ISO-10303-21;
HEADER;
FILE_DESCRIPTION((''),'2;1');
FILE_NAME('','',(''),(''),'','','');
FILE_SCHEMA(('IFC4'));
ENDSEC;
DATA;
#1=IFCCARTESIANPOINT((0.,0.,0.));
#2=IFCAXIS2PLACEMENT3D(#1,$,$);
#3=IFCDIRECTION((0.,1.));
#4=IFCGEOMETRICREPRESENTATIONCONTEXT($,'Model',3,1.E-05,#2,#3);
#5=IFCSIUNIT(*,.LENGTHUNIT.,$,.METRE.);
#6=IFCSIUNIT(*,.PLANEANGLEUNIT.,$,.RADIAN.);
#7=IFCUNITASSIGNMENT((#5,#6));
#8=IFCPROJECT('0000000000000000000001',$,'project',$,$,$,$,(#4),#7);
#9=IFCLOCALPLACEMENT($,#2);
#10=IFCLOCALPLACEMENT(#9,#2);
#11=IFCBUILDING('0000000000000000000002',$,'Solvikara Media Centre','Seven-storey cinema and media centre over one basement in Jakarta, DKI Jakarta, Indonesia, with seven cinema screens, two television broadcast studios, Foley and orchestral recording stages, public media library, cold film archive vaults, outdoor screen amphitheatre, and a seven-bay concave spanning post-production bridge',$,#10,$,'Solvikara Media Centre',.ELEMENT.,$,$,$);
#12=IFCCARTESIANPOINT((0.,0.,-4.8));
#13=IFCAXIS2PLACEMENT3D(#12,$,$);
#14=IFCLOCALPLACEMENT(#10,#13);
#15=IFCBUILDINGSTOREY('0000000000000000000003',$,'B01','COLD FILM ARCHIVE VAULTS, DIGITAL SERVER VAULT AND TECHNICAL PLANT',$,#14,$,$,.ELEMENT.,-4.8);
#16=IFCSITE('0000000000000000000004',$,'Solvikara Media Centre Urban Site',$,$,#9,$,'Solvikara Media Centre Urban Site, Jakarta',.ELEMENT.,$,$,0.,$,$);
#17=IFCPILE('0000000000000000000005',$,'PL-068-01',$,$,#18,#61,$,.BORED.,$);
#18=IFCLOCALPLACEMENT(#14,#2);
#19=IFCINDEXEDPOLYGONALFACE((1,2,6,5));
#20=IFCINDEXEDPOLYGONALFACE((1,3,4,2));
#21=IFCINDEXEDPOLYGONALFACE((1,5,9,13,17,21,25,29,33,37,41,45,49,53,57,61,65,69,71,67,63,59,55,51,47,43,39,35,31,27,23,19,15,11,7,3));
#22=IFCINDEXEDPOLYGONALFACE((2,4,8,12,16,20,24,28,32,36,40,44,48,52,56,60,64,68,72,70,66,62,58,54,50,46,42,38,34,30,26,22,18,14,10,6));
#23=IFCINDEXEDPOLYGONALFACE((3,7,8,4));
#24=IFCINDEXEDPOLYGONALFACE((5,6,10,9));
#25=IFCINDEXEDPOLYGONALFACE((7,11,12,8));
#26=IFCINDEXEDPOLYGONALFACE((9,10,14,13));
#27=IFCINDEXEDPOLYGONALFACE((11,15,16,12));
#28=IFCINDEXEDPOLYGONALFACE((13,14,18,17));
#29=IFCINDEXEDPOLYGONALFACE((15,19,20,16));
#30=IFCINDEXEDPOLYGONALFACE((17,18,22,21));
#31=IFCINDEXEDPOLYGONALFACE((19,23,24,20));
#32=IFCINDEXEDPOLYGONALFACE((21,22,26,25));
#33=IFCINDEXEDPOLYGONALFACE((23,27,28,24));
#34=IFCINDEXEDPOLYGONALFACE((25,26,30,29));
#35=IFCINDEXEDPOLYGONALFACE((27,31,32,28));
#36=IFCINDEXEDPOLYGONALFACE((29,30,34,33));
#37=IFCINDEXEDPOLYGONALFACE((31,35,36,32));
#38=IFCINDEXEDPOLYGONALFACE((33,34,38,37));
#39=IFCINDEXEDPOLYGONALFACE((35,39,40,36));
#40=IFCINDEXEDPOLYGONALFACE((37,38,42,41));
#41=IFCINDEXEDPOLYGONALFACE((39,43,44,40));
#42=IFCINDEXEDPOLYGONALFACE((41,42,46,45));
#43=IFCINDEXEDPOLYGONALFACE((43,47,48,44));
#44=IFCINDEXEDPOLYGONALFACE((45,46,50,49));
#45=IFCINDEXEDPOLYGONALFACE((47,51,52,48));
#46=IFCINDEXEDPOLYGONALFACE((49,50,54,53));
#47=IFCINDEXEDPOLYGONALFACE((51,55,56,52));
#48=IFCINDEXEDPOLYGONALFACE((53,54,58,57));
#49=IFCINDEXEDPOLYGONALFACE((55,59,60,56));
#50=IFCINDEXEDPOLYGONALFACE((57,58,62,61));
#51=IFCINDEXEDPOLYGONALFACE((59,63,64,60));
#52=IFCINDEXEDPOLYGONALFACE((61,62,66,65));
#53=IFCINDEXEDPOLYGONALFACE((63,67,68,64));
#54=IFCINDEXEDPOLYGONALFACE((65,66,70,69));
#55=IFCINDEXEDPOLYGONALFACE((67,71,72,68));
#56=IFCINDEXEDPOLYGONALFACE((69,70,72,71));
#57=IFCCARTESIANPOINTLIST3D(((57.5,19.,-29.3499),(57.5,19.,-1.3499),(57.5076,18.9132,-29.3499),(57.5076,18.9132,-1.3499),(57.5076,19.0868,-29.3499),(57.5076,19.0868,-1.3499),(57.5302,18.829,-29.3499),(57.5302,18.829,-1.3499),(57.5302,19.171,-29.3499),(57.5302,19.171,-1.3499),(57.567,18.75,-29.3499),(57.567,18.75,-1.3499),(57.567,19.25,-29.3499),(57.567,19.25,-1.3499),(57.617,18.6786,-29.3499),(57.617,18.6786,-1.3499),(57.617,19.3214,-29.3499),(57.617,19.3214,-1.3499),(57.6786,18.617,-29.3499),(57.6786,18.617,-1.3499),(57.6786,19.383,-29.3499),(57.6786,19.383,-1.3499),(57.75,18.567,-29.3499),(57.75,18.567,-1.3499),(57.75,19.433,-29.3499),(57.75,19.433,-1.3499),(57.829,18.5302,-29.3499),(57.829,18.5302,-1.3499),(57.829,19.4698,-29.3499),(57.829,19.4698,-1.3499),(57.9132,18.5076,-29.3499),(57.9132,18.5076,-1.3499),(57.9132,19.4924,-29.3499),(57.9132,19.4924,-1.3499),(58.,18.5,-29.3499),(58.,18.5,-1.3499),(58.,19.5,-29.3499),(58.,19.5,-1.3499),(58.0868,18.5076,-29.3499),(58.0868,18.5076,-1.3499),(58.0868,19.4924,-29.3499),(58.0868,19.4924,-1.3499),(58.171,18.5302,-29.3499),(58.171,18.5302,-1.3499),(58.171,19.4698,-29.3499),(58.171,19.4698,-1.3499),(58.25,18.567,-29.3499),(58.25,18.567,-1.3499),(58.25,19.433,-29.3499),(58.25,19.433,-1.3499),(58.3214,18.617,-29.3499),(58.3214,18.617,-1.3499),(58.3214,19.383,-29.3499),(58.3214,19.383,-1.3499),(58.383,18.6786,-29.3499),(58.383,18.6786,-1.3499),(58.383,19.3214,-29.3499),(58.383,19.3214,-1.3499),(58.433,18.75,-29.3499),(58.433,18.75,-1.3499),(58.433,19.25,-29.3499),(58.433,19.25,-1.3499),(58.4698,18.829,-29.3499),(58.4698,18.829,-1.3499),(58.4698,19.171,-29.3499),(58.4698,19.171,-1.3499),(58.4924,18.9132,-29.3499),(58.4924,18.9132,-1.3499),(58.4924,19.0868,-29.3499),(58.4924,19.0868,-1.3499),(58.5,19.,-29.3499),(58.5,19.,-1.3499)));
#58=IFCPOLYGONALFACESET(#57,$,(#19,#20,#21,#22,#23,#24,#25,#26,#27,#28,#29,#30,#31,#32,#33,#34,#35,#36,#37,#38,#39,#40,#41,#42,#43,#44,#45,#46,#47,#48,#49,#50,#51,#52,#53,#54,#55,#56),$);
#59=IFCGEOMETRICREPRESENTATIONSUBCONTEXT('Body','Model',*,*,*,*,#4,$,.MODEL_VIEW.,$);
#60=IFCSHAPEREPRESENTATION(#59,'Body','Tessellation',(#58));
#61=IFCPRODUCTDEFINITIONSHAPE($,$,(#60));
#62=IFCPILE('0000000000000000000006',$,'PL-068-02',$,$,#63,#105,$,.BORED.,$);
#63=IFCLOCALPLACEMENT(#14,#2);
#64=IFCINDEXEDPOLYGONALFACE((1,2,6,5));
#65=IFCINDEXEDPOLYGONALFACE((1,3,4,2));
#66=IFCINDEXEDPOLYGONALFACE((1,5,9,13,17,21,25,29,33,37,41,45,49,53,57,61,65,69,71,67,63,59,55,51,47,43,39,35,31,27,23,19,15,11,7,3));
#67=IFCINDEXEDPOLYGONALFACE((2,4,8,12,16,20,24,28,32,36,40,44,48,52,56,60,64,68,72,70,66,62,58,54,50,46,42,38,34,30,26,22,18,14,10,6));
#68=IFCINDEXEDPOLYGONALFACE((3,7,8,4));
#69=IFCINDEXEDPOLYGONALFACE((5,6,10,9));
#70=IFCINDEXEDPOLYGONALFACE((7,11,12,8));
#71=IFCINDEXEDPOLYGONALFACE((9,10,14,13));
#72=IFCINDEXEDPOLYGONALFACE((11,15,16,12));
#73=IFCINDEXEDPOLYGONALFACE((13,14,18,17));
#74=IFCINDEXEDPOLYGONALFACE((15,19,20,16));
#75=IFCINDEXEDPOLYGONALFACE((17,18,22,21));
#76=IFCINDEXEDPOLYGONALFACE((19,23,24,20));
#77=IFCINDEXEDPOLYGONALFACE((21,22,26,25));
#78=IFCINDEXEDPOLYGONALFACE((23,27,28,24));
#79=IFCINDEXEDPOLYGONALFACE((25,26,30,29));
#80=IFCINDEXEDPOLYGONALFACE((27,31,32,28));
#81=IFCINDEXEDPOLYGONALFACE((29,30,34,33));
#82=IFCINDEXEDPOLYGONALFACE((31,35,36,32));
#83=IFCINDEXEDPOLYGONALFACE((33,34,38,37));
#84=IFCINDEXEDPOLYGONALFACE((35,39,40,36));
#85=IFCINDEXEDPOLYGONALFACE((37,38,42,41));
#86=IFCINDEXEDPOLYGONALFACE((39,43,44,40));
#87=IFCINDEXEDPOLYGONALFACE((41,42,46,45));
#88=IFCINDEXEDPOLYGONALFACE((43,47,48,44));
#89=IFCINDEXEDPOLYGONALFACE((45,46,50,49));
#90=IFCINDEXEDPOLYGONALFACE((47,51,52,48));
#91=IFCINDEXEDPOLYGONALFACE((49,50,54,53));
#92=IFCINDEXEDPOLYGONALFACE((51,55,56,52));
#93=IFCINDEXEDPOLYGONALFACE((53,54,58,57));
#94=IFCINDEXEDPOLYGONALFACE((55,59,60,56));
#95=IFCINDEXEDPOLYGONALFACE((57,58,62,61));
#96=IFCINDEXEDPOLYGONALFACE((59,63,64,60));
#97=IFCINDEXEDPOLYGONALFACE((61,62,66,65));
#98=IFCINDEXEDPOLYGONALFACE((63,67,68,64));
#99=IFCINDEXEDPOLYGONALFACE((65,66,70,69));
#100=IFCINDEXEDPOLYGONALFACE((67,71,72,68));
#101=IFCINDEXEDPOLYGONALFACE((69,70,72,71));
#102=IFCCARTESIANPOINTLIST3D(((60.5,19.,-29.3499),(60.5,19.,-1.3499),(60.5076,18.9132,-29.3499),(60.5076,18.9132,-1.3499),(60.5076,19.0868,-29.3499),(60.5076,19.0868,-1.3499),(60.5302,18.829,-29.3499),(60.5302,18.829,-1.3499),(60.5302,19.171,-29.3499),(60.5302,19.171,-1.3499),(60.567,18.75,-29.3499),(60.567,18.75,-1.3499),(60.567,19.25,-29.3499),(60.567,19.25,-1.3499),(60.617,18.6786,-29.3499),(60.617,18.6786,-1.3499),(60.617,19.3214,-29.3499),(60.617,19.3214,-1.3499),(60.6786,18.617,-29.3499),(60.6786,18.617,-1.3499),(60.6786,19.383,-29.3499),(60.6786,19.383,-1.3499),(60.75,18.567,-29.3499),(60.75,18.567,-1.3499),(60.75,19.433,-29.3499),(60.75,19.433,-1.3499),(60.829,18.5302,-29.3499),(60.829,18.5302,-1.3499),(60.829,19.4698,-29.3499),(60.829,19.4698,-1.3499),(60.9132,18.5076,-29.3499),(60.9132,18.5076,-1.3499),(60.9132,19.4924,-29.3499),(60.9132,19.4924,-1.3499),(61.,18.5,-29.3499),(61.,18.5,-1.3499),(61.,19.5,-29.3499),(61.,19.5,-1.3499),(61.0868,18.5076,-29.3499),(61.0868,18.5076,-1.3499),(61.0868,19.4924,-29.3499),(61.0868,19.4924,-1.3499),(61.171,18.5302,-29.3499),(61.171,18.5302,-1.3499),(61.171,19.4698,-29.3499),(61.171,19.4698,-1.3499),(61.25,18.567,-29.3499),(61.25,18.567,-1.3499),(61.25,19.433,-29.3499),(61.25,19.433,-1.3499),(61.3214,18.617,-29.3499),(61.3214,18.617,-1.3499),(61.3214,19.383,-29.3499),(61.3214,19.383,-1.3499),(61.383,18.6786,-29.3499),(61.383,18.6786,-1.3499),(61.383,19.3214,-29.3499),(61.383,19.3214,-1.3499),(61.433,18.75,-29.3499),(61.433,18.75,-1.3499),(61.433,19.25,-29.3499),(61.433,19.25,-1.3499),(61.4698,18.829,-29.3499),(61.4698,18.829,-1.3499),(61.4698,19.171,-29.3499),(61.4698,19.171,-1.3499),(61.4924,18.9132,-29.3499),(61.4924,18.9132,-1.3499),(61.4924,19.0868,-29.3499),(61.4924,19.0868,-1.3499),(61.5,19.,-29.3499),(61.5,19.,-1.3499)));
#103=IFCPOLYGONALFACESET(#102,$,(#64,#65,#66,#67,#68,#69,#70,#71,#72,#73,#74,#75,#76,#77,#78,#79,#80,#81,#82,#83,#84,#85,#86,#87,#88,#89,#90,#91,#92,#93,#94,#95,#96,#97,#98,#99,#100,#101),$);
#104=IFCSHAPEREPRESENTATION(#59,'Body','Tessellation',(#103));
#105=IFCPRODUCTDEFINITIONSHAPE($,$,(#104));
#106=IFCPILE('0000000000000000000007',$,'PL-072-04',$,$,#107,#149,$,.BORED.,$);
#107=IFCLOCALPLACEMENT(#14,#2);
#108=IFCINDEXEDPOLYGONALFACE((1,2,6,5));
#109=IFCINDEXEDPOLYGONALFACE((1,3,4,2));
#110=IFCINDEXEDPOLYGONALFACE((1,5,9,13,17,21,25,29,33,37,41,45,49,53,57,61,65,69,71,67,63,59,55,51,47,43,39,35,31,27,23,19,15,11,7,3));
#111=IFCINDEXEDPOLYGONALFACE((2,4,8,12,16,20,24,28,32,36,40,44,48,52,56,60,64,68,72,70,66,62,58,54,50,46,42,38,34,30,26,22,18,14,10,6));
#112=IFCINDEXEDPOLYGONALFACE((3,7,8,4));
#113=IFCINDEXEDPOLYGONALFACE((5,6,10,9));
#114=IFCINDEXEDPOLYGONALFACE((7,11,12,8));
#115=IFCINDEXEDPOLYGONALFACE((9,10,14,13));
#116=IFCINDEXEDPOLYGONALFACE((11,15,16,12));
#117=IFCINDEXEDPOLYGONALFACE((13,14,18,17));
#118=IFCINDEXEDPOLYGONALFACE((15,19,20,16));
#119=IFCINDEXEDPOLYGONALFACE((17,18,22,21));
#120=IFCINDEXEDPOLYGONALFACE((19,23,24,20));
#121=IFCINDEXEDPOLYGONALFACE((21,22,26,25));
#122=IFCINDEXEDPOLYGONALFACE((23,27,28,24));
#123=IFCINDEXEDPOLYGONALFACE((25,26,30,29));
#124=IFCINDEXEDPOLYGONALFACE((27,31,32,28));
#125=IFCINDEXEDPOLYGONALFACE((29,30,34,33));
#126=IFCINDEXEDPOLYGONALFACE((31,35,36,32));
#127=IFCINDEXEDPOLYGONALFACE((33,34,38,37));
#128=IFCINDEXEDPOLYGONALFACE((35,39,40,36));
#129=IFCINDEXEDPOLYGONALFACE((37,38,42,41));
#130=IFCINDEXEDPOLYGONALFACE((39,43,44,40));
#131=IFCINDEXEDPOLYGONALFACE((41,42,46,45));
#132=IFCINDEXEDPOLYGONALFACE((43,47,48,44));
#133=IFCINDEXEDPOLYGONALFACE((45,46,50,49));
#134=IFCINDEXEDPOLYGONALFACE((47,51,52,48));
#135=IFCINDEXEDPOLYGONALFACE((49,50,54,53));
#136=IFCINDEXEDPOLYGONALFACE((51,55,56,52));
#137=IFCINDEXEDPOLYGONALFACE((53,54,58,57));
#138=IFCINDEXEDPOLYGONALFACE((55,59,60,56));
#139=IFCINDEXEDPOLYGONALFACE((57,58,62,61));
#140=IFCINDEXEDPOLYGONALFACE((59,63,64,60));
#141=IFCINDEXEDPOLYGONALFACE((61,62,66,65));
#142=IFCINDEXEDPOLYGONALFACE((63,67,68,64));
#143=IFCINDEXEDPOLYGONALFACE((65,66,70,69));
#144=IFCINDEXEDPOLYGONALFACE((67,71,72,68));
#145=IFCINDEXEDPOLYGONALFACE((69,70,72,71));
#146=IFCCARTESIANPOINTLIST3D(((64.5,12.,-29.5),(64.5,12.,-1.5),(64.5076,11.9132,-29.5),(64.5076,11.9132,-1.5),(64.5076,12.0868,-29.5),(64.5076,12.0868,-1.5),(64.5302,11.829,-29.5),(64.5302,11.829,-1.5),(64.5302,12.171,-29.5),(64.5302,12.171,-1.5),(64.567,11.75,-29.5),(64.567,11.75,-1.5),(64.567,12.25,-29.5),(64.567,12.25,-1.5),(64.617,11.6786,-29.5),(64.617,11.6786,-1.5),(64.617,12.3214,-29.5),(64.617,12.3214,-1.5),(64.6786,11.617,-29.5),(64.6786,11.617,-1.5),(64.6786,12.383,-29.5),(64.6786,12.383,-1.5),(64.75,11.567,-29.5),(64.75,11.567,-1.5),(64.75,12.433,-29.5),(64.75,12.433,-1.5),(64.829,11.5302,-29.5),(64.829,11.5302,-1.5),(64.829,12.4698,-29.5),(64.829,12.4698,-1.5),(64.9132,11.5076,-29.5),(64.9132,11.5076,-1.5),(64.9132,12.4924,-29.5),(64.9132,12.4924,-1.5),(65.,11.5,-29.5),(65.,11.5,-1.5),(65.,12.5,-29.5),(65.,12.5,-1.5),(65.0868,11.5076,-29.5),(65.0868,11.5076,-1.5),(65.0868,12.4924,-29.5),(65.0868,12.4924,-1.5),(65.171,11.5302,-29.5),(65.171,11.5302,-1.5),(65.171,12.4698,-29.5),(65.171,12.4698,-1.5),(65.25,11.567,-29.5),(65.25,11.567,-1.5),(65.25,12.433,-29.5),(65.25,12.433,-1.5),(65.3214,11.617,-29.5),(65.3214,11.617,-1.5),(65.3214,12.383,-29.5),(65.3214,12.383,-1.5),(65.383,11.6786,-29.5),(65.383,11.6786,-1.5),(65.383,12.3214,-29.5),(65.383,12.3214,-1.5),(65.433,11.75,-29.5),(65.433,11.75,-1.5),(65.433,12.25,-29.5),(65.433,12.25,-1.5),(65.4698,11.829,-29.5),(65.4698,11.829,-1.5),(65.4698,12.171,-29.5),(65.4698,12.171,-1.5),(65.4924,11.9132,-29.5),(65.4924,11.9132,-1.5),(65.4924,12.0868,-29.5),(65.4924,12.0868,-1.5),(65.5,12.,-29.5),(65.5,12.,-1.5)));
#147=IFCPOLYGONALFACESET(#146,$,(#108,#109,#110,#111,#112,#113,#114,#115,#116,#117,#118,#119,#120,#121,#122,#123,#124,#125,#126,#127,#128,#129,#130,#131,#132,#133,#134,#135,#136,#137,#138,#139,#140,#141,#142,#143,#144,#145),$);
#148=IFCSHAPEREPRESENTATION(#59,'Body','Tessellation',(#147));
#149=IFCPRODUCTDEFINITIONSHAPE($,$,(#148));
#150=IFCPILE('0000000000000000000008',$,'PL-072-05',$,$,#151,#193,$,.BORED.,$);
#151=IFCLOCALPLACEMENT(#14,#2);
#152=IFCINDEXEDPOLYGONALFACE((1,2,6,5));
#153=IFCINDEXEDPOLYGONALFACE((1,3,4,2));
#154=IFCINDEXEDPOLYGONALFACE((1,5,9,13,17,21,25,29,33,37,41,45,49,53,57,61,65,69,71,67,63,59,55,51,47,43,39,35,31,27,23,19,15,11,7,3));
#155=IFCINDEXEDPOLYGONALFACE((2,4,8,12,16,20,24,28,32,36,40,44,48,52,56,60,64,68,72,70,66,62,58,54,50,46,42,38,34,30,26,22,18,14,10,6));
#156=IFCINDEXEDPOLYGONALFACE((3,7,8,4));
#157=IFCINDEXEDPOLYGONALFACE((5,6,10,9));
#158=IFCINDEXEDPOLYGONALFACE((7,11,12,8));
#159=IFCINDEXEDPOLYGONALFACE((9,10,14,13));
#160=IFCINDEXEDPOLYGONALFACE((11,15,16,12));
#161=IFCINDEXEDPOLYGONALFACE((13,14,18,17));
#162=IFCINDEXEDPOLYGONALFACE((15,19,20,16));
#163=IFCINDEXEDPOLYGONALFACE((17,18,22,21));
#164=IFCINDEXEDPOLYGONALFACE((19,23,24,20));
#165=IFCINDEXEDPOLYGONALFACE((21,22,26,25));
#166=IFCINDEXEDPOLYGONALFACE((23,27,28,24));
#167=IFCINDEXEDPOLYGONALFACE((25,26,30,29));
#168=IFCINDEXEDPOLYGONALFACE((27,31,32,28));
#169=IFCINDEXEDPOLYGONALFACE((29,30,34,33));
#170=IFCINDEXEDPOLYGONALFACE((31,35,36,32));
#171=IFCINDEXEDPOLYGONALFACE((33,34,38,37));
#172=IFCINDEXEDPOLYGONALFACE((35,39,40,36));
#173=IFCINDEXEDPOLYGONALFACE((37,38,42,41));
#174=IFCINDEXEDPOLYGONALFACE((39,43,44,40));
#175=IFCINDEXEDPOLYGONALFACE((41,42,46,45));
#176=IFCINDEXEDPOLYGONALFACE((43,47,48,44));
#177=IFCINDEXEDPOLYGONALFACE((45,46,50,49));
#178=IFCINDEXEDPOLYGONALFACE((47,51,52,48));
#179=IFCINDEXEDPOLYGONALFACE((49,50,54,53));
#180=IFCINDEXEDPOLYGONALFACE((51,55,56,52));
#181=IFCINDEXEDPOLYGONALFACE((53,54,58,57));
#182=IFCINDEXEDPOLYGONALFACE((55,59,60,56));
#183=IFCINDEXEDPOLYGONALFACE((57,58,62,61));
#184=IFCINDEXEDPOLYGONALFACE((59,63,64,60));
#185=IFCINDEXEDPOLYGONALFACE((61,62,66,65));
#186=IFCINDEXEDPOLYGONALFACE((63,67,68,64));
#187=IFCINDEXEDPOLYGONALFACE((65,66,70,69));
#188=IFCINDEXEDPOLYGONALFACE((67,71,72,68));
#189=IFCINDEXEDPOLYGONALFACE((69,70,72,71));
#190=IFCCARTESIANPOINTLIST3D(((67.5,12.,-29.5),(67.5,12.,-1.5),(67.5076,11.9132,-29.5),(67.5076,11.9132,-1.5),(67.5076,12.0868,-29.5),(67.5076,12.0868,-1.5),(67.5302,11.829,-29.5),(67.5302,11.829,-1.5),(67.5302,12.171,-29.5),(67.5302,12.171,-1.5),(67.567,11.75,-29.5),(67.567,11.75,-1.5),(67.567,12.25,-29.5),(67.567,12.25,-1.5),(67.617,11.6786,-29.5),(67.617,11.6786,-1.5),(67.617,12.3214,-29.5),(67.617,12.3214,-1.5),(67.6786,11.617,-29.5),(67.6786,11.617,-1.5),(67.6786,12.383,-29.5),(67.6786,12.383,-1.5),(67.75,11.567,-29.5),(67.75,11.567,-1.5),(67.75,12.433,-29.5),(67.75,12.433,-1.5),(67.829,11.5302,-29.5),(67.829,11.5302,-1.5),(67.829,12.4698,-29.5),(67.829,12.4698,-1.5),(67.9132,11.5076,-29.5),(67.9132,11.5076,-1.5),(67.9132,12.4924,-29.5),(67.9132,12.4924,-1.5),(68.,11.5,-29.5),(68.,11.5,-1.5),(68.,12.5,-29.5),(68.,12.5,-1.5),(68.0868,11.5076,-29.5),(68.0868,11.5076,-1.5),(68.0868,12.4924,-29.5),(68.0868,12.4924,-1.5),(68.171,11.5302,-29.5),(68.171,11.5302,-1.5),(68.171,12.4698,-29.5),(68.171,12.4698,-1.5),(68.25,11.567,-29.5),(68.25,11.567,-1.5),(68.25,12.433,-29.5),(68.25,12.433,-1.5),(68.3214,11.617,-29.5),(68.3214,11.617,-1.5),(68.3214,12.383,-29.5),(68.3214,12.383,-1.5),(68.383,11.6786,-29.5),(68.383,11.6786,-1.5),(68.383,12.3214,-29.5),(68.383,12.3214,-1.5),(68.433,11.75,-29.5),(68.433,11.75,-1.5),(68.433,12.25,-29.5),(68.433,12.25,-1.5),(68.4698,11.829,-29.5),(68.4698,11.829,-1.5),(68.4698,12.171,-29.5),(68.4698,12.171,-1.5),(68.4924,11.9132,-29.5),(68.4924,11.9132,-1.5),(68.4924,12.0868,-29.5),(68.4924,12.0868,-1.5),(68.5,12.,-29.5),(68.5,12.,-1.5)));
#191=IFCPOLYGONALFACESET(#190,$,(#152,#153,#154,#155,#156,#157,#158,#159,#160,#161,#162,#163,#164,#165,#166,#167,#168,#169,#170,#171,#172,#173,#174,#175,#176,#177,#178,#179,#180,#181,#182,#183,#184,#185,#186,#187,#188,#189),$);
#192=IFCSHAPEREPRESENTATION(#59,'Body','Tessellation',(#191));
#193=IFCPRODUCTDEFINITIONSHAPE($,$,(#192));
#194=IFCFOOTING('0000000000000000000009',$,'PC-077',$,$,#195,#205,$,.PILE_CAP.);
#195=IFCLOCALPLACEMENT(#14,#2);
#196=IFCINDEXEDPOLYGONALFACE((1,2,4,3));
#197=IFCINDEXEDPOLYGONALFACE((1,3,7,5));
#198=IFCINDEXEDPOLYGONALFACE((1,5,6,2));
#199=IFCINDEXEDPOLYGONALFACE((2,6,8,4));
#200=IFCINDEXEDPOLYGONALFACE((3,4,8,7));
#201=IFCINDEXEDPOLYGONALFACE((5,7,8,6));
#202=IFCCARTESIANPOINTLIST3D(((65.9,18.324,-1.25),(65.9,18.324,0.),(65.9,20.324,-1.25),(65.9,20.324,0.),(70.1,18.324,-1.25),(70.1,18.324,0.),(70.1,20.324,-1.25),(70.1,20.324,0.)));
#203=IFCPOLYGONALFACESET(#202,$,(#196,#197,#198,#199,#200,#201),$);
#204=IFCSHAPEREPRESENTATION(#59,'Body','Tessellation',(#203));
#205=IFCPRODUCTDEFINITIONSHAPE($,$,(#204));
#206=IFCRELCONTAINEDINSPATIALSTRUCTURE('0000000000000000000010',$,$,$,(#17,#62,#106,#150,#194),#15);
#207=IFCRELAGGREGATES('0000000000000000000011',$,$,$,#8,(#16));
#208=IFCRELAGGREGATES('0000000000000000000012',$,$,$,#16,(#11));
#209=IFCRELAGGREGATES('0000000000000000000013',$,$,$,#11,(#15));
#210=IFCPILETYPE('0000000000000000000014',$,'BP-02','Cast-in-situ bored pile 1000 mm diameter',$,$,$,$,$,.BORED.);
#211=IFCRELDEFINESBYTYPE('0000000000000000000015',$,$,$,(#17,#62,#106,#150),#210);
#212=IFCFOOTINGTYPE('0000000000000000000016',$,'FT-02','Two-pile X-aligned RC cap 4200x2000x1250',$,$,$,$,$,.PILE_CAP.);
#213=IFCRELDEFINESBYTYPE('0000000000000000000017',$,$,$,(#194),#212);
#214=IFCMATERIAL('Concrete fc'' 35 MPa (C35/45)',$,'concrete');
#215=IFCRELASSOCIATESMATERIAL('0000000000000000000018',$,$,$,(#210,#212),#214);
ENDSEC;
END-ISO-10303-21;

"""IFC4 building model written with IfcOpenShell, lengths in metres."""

from ifc_helpers import new_model, si_unit, direction, frame, origin, origin_2d, place, context, subcontext, project, spatial, rectangle, circle, extrude, material, material_profile, profile_set, type_object, element, save


model = new_model("IFC4")

# Units and contexts
model_context = context("Model", 3, precision=1e-05, world=origin(), true_north=direction((0.0, 1.0)))
body_context = subcontext(model_context, "Body", "Model", "MODEL_VIEW")
ifc_project = project(units=[si_unit("LENGTHUNIT", "METRE"), si_unit("PLANEANGLEUNIT", "RADIAN")], contexts=[model_context])

# Site, building, storey
site_placement = place(None, origin())
site = spatial("IfcSite", under=ifc_project, at=site_placement, Name="Solvikara Media Centre Urban Site", LongName="Solvikara Media Centre Urban Site, Jakarta", CompositionType="ELEMENT", RefElevation=0.0)
building_placement = place(site_placement, origin())
building = spatial("IfcBuilding", under=site, at=building_placement, Name="Solvikara Media Centre", Description="Seven-storey cinema and media centre over one basement in Jakarta, DKI Jakarta, Indonesia, with seven cinema screens, two television broadcast studios, Foley and orchestral recording stages, public media library, cold film archive vaults, outdoor screen amphitheatre, and a seven-bay concave spanning post-production bridge", LongName="Solvikara Media Centre", CompositionType="ELEMENT")
storey_placement = place(building_placement, frame((0.0, 0.0, -4.8)))
storey = spatial("IfcBuildingStorey", under=building, at=storey_placement, Name="B01", Description="COLD FILM ARCHIVE VAULTS, DIGITAL SERVER VAULT AND TECHNICAL PLANT", CompositionType="ELEMENT", Elevation=-4.8)

# Piles
ifc_material_1 = material(Name="Concrete fc' 35 MPa (C35/45)", Category="concrete")
ifc_material_profile_1 = material_profile(ifc_material_1, circle(Radius=0.5, at=origin_2d()), Name="BORED PILE D1000")
ifc_profile_set_1 = profile_set([ifc_material_profile_1], Name="Concrete fc' 35 MPa (C35/45)")
pile_type_1 = type_object("IfcPileType", Name="BP-02", Description="Cast-in-situ bored pile 1000 mm diameter", PredefinedType="BORED", material=ifc_profile_set_1)
for number, where, z_axis, x_axis, name in (
    (1, (58.0, 19.0, -1.3499), (0.0, 0.0, -1.0), (1.0, 0.0, 0.0), "PL-068-01"),
    (2, (61.0, 19.0, -1.3499), (0.0, 0.0, -1.0), (1.0, 0.0, 0.0), "PL-068-02"),
    (3, (65.0, 12.0, -1.5), (0.0, 0.0, -1.0), (1.0, 0.0, 0.0), "PL-072-04"),
    (4, (68.0, 12.0, -1.5), (0.0, 0.0, -1.0), (1.0, 0.0, 0.0), "PL-072-05"),
):
    element("IfcPile", number, at=place(storey_placement, frame(where, z_axis=z_axis, x_axis=x_axis)), inside=storey, type_object=pile_type_1, Name=name, PredefinedType="BORED", context=body_context, shape_type="SweptSolid", body=[
        extrude(circle(Radius=0.5, at=origin_2d()), origin(), (0.0, 0.0, 1.0), 28.0),
    ])

# Footing
footing_type_1 = type_object("IfcFootingType", Name="FT-02", Description="Two-pile X-aligned RC cap 4200x2000x1250", PredefinedType="PILE_CAP", material=ifc_material_1)
footing_1_placement = place(storey_placement, frame((68.0, 19.324, -1.25), z_axis=(0.0, 0.0, 1.0), x_axis=(1.0, 0.0, 0.0)))
element("IfcFooting", 5, at=footing_1_placement, inside=storey, type_object=footing_type_1, Name="PC-077", PredefinedType="PILE_CAP", context=body_context, shape_type="SweptSolid", body=[
    extrude(rectangle(XDim=4.2, YDim=2.0, at=origin_2d()), origin(), (0.0, 0.0, 1.0), 1.25),
])

save(model, "model.ifc")
